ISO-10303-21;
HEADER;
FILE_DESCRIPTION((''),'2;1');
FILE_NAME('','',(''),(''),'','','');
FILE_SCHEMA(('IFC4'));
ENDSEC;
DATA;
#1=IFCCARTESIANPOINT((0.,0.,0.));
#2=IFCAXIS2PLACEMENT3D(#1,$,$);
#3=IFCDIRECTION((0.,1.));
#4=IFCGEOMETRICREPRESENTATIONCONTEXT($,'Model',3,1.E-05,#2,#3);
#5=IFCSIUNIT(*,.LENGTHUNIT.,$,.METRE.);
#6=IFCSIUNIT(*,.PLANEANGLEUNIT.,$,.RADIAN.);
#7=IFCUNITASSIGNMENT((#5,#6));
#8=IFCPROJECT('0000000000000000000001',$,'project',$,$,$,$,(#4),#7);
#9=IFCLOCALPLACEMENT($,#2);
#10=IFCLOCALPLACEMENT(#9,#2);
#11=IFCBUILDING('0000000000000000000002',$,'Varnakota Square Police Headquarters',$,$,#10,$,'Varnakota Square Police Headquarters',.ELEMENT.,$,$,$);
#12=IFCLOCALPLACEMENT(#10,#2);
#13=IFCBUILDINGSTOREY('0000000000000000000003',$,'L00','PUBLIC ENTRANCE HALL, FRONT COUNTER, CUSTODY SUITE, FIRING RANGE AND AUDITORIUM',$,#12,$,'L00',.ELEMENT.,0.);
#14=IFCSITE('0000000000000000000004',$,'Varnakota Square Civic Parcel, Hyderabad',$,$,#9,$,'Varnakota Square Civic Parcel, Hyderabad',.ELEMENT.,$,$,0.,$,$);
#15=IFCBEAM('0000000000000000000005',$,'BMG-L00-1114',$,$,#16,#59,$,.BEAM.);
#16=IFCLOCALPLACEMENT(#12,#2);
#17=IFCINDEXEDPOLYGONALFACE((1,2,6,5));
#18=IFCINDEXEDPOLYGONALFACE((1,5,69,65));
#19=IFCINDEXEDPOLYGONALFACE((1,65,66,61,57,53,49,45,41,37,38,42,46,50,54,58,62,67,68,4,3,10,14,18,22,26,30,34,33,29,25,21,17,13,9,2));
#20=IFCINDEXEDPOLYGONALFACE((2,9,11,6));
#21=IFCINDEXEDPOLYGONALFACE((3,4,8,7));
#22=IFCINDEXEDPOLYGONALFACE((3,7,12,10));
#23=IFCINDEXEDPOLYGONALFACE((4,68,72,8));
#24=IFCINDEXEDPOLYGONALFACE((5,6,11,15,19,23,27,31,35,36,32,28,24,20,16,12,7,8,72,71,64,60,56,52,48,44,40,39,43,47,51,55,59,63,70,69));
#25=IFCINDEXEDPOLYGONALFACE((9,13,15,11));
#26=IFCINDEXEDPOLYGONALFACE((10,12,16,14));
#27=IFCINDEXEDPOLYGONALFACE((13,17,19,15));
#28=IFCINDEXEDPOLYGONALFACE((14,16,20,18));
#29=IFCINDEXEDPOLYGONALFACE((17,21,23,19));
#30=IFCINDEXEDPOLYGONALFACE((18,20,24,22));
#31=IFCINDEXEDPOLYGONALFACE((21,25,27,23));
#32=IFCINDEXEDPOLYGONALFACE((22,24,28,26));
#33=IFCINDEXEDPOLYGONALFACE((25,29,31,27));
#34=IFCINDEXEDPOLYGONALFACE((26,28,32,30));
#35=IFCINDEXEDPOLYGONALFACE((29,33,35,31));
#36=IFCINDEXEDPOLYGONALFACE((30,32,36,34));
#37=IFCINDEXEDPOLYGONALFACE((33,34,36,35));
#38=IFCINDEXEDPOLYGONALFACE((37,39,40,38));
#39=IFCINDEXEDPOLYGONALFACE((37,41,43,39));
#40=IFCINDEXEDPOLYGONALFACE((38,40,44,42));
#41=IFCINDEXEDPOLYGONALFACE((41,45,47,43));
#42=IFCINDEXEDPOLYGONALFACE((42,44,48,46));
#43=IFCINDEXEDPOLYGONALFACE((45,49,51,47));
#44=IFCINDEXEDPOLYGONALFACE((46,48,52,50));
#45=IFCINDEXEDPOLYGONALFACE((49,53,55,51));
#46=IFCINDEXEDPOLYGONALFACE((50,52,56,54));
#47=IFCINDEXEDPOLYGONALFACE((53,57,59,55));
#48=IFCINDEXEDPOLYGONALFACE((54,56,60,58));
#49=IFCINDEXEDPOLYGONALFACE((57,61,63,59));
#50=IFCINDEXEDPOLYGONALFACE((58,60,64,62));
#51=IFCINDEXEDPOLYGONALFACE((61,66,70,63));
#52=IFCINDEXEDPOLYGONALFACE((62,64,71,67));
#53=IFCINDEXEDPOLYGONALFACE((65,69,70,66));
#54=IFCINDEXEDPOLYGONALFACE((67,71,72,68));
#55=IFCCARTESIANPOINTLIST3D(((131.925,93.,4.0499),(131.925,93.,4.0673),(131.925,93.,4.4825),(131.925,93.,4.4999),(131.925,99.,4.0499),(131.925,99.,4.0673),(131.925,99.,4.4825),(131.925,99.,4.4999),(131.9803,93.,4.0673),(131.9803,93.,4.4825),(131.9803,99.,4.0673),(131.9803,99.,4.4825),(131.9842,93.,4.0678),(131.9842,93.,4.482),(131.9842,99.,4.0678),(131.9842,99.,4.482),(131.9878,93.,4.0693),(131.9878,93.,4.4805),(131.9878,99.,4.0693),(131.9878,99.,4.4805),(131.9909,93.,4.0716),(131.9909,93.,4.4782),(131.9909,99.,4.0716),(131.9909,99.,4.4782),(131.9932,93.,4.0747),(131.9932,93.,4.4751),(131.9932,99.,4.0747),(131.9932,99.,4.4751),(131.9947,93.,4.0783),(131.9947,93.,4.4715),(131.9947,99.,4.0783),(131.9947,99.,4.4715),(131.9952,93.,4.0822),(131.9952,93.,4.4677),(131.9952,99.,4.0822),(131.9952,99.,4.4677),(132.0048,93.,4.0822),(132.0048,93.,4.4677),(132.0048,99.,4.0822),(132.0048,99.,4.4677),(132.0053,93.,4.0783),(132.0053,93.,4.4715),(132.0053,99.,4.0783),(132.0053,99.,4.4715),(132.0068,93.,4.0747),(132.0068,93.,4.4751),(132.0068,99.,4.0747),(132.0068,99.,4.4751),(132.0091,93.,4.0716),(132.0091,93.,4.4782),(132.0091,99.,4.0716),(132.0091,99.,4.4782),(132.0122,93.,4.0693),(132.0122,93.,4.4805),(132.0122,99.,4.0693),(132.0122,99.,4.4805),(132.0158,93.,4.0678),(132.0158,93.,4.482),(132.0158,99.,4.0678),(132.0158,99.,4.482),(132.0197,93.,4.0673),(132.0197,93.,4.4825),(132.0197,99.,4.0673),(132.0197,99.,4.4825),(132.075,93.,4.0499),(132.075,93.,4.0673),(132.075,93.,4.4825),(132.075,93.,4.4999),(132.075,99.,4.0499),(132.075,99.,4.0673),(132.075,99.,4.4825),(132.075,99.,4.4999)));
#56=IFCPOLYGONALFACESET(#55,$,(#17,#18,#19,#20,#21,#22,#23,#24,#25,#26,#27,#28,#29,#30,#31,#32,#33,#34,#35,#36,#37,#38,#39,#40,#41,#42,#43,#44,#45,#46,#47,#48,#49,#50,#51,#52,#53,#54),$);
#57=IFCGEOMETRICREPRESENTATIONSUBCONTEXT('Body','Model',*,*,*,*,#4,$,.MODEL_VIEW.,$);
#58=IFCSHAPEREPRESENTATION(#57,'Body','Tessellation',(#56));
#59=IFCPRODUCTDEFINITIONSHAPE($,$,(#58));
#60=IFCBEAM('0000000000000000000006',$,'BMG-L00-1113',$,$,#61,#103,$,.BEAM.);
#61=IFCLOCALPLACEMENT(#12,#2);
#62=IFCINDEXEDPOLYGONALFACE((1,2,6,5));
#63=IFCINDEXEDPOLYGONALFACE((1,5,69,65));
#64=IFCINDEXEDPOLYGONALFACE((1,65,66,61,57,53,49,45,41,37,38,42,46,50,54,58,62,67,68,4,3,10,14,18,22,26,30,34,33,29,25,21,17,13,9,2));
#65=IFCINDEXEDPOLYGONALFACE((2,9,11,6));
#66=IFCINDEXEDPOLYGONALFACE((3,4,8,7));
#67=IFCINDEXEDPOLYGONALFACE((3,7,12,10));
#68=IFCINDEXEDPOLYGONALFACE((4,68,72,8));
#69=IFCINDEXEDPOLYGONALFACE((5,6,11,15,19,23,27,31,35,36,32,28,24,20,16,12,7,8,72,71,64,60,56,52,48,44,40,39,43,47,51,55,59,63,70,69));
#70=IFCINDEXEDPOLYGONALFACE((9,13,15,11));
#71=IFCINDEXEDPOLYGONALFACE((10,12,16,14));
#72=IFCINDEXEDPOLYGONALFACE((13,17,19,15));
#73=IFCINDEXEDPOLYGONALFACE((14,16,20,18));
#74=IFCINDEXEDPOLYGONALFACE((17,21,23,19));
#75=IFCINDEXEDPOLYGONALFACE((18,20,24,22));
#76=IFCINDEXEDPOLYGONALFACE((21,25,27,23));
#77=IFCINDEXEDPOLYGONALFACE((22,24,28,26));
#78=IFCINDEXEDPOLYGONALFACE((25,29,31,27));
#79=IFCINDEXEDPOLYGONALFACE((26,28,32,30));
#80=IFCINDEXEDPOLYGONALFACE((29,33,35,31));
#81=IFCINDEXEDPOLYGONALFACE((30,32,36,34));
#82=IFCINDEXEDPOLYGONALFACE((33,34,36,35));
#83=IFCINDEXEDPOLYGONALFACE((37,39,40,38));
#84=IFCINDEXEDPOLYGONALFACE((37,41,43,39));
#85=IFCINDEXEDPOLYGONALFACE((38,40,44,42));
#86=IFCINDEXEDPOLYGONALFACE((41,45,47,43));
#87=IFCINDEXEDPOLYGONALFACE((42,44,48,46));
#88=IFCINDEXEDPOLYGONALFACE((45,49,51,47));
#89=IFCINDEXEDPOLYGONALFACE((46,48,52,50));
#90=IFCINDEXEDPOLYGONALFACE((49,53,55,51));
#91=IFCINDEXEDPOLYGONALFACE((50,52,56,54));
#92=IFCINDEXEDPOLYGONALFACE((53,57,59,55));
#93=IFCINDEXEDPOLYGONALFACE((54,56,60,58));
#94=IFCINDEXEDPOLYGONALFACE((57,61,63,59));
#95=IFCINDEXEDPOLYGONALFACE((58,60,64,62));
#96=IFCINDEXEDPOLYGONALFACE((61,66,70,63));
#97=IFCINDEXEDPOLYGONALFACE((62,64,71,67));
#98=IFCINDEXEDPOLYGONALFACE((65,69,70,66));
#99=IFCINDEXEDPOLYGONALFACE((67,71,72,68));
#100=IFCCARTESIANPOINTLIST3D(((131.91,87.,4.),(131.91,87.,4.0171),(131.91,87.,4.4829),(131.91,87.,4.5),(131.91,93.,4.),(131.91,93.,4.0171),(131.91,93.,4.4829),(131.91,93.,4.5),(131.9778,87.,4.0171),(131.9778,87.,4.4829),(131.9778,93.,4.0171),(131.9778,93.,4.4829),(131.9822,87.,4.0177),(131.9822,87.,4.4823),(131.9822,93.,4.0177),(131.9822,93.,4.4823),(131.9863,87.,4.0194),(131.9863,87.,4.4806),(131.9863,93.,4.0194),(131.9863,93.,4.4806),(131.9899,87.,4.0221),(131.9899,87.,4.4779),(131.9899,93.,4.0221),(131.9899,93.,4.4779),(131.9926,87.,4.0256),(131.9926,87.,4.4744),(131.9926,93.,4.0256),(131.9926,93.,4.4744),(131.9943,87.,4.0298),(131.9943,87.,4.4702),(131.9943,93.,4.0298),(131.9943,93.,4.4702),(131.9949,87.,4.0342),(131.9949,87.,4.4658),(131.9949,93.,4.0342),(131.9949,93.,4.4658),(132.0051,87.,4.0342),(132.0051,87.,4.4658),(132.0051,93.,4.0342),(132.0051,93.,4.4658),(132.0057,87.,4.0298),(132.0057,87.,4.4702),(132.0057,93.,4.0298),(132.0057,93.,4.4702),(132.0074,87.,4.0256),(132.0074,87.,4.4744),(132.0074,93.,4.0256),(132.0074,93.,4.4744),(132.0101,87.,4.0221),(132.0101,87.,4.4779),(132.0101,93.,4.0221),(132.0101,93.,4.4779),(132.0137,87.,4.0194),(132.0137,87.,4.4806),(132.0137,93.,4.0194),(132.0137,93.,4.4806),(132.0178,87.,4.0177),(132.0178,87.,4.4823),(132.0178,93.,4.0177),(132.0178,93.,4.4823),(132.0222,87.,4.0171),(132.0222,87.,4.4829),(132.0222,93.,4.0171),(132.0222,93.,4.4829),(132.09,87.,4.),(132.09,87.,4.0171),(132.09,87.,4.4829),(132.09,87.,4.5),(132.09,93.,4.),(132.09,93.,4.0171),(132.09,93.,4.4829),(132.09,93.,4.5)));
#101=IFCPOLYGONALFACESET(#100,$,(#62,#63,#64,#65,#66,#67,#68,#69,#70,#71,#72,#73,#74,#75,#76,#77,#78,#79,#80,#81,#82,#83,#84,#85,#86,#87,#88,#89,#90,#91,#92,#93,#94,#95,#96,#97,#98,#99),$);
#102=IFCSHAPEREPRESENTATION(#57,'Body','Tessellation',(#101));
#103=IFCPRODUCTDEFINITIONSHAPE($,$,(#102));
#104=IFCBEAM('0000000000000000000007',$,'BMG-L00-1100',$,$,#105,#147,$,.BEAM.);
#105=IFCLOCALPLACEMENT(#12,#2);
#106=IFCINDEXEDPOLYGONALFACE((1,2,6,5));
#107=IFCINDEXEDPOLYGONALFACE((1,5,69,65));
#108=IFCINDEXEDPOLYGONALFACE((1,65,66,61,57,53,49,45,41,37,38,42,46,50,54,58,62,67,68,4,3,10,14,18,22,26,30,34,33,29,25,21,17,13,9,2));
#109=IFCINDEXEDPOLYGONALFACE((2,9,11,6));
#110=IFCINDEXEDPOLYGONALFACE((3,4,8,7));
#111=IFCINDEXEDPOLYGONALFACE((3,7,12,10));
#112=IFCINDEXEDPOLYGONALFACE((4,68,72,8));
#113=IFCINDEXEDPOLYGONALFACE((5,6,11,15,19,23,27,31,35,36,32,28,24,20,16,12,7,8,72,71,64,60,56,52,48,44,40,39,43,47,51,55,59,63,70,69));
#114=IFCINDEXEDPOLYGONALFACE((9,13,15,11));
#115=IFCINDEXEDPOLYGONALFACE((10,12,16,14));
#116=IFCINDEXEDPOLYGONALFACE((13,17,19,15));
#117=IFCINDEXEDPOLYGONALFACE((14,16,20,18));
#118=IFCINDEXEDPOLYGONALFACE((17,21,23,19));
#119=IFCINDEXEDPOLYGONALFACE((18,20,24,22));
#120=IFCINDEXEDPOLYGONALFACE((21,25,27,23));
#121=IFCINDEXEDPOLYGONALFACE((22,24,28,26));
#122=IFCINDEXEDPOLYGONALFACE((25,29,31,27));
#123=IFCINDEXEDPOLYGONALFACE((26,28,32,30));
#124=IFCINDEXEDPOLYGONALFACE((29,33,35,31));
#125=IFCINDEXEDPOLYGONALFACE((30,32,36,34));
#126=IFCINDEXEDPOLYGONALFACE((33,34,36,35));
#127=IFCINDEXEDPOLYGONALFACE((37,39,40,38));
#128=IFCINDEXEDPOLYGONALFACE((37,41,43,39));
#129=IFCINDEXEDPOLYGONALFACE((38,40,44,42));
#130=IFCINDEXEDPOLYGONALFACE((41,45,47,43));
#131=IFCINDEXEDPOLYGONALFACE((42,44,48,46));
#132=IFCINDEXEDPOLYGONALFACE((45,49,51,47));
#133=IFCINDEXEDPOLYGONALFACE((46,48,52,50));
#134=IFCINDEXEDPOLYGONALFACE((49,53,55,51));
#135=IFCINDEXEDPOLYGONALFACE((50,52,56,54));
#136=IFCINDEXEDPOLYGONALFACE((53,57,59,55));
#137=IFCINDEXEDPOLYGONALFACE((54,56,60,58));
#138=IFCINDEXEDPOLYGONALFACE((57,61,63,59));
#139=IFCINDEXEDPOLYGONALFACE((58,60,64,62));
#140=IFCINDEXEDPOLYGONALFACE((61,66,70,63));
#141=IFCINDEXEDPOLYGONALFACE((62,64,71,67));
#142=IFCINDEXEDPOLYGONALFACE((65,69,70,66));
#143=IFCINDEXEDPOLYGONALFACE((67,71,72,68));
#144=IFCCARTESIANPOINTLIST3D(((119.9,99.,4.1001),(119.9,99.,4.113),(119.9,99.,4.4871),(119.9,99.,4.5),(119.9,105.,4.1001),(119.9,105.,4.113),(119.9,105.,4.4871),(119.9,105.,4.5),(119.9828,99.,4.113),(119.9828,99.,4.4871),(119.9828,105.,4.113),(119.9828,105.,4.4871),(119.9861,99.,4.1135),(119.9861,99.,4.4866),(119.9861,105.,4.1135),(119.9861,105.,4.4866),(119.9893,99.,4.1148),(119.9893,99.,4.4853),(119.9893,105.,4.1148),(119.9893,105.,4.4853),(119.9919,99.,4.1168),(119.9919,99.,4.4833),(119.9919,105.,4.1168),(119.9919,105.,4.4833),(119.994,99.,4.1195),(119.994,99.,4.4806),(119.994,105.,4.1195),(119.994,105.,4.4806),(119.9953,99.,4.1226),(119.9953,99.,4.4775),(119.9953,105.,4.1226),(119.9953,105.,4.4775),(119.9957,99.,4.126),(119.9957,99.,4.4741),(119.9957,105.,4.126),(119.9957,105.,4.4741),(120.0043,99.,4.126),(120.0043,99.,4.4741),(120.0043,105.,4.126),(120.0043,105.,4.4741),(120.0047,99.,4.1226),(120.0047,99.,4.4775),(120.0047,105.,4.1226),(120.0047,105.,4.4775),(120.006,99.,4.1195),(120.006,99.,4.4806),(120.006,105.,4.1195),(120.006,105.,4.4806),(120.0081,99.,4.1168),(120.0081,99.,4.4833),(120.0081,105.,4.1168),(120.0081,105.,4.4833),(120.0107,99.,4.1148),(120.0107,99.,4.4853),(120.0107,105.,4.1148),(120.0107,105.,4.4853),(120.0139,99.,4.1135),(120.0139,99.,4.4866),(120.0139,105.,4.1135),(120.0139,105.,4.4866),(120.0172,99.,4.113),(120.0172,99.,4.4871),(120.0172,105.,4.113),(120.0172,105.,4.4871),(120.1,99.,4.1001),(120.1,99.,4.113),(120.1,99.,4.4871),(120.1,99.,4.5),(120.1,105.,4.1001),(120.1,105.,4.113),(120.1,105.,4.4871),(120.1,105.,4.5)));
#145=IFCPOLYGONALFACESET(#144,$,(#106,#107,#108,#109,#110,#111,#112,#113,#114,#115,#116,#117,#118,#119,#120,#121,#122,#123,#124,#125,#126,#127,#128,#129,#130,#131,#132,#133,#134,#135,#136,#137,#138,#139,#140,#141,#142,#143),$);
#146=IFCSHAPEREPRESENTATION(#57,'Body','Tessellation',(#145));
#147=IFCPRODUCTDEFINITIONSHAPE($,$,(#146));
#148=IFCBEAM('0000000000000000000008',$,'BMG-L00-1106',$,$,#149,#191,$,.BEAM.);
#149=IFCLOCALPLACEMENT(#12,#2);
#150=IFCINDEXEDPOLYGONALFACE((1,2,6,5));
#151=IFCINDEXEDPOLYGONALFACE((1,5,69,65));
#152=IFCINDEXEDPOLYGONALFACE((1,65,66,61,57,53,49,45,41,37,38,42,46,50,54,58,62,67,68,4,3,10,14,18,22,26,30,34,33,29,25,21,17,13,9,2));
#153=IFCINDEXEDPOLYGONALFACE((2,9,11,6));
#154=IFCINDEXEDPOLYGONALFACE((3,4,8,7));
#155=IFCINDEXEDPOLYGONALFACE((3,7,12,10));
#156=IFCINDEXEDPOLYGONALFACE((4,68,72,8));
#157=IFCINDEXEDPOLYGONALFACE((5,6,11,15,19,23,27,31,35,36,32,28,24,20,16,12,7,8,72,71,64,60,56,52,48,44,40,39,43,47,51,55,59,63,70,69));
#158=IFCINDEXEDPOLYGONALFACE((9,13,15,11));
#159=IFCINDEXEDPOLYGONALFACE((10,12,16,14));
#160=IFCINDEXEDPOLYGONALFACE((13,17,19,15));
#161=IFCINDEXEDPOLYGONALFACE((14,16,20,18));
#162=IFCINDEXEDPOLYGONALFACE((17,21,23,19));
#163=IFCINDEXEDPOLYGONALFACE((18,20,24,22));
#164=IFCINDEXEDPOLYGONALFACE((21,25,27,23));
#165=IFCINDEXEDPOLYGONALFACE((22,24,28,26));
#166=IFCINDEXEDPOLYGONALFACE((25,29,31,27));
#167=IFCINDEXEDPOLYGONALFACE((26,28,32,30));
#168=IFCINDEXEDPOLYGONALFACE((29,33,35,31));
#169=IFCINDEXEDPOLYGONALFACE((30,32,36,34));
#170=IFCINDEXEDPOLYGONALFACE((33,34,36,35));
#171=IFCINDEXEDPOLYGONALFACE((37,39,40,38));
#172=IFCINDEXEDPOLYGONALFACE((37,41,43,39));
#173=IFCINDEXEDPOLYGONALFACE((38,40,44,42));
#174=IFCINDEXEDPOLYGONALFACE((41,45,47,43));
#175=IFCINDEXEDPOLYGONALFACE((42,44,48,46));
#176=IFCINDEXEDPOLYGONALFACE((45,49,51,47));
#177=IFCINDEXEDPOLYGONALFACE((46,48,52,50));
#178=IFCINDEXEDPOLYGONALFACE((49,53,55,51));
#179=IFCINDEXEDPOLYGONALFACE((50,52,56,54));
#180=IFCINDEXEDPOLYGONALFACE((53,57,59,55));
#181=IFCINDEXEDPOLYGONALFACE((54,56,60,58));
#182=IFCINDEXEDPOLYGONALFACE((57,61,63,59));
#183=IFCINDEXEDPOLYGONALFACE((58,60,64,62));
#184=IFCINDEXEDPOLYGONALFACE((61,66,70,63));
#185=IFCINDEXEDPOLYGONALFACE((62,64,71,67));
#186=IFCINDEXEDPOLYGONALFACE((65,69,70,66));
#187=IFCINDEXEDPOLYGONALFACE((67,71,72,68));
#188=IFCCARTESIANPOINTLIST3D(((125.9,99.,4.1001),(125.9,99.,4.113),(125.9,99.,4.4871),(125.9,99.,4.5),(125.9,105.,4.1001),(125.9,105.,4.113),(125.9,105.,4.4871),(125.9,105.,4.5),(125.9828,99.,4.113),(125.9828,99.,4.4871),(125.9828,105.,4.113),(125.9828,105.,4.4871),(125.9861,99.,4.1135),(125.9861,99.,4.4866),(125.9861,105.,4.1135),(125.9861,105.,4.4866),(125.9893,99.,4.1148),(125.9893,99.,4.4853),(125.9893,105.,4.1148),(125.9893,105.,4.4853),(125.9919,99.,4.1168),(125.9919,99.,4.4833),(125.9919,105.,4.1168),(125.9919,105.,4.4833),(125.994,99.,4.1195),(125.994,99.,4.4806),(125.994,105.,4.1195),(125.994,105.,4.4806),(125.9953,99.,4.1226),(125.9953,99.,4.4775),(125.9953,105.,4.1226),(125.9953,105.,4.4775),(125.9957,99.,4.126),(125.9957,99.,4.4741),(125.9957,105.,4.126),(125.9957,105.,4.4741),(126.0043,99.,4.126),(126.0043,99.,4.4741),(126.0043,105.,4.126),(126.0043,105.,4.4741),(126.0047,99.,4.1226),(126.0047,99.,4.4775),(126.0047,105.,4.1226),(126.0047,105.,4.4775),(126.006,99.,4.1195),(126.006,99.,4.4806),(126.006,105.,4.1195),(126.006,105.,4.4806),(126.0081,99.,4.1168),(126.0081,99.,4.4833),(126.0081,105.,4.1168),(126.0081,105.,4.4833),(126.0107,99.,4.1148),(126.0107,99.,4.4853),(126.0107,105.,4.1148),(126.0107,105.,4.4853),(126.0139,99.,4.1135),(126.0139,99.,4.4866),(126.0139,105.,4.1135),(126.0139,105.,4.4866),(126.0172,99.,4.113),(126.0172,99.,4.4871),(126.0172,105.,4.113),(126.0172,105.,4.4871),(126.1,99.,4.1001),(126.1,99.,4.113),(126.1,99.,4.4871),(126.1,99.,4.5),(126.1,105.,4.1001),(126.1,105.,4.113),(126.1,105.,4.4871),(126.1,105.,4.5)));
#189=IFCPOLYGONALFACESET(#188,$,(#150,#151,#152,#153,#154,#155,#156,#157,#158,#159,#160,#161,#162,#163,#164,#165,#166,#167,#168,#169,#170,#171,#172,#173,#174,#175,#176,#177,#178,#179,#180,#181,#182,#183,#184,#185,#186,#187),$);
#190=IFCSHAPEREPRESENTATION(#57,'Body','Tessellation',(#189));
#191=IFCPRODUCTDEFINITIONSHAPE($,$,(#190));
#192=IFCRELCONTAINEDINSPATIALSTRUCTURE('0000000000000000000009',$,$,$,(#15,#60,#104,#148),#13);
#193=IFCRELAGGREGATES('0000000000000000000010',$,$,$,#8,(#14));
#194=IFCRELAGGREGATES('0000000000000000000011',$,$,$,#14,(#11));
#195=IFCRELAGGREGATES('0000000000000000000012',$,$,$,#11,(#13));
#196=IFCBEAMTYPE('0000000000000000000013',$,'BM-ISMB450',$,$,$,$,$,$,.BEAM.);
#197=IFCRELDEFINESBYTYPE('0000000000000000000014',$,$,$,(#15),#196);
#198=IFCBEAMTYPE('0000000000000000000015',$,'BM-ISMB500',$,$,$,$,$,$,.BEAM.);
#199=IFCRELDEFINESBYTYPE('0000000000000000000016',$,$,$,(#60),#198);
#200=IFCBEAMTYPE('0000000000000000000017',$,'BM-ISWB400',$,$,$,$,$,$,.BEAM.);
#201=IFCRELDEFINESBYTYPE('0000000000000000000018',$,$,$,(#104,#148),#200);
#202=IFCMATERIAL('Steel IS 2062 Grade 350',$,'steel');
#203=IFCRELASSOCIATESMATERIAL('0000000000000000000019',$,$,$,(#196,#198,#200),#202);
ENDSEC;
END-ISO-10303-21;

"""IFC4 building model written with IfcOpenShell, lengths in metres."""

from ifc_helpers import new_model, si_unit, direction, frame, origin, origin_2d, place, context, subcontext, project, spatial, i_section, extrude, material, material_profile, profile_set, type_object, element, save


model = new_model("IFC4")

# Units and contexts
model_context = context("Model", 3, precision=1e-05, world=origin(), true_north=direction((0.0, 1.0)))
body_context = subcontext(model_context, "Body", "Model", "MODEL_VIEW")
ifc_project = project(units=[si_unit("LENGTHUNIT", "METRE"), si_unit("PLANEANGLEUNIT", "RADIAN")], contexts=[model_context])

# Site, building, storey
site_placement = place(None, origin())
site = spatial("IfcSite", under=ifc_project, at=site_placement, Name="Varnakota Square Civic Parcel, Hyderabad", LongName="Varnakota Square Civic Parcel, Hyderabad", CompositionType="ELEMENT", RefElevation=0.0)
building_placement = place(site_placement, origin())
building = spatial("IfcBuilding", under=site, at=building_placement, Name="Varnakota Square Police Headquarters", LongName="Varnakota Square Police Headquarters", CompositionType="ELEMENT")
storey_placement = place(building_placement, origin())
storey = spatial("IfcBuildingStorey", under=building, at=storey_placement, Name="L00", Description="PUBLIC ENTRANCE HALL, FRONT COUNTER, CUSTODY SUITE, FIRING RANGE AND AUDITORIUM", LongName="L00", CompositionType="ELEMENT", Elevation=0.0)

# Beams
ifc_material_1 = material(Name="Steel IS 2062 Grade 350", Category="steel")
ifc_material_profile_1 = material_profile(ifc_material_1, i_section(OverallWidth=0.1499, OverallDepth=0.45, WebThickness=0.0095, FlangeThickness=0.0173, FilletRadius=0.0149, at=origin_2d()), Name="ISMB 450")
ifc_profile_set_1 = profile_set([ifc_material_profile_1], Name="Steel IS 2062 Grade 350")
beam_type_1 = type_object("IfcBeamType", Name="BM-ISMB450", PredefinedType="BEAM", material=ifc_profile_set_1)
beam_1_placement = place(storey_placement, frame((132.0, 93.0, 4.2749), z_axis=(0.0, 1.0, 0.0), x_axis=(-1.0, 0.0, 0.0)))
element("IfcBeam", 1, at=beam_1_placement, inside=storey, type_object=beam_type_1, Name="BMG-L00-1114", PredefinedType="BEAM", context=body_context, shape_type="SweptSolid", body=[
    extrude(i_section(OverallWidth=0.1499, OverallDepth=0.45, WebThickness=0.0095, FlangeThickness=0.0173, FilletRadius=0.0149, at=origin_2d()), origin(), (0.0, 0.0, 1.0), 6.0),
])
ifc_material_profile_2 = material_profile(ifc_material_1, i_section(OverallWidth=0.1799, OverallDepth=0.5, WebThickness=0.0103, FlangeThickness=0.0171, FilletRadius=0.0171, at=origin_2d()), Name="ISMB 500")
ifc_profile_set_2 = profile_set([ifc_material_profile_2], Name="Steel IS 2062 Grade 350")
beam_type_2 = type_object("IfcBeamType", Name="BM-ISMB500", PredefinedType="BEAM", material=ifc_profile_set_2)
beam_2_placement = place(storey_placement, frame((132.0, 87.0, 4.25), z_axis=(0.0, 1.0, 0.0), x_axis=(-1.0, 0.0, 0.0)))
element("IfcBeam", 2, at=beam_2_placement, inside=storey, type_object=beam_type_2, Name="BMG-L00-1113", PredefinedType="BEAM", context=body_context, shape_type="SweptSolid", body=[
    extrude(i_section(OverallWidth=0.1799, OverallDepth=0.5, WebThickness=0.0103, FlangeThickness=0.0171, FilletRadius=0.0171, at=origin_2d()), origin(), (0.0, 0.0, 1.0), 6.0),
])
ifc_material_profile_3 = material_profile(ifc_material_1, i_section(OverallWidth=0.2, OverallDepth=0.3999, WebThickness=0.0085, FlangeThickness=0.0129, FilletRadius=0.0129, at=origin_2d()), Name="ISWB 400")
ifc_profile_set_3 = profile_set([ifc_material_profile_3], Name="Steel IS 2062 Grade 350")
beam_type_3 = type_object("IfcBeamType", Name="BM-ISWB400", PredefinedType="BEAM", material=ifc_profile_set_3)
for number, where, z_axis, x_axis, name in (
    (3, (120.0, 99.0, 4.3), (0.0, 1.0, 0.0), (-1.0, 0.0, 0.0), "BMG-L00-1100"),
    (4, (126.0, 99.0, 4.3), (0.0, 1.0, 0.0), (-1.0, 0.0, 0.0), "BMG-L00-1106"),
):
    element("IfcBeam", number, at=place(storey_placement, frame(where, z_axis=z_axis, x_axis=x_axis)), inside=storey, type_object=beam_type_3, Name=name, PredefinedType="BEAM", context=body_context, shape_type="SweptSolid", body=[
        extrude(i_section(OverallWidth=0.2, OverallDepth=0.3999, WebThickness=0.0085, FlangeThickness=0.0129, FilletRadius=0.0129, at=origin_2d()), origin(), (0.0, 0.0, 1.0), 6.0),
    ])

save(model, "model.ifc")
